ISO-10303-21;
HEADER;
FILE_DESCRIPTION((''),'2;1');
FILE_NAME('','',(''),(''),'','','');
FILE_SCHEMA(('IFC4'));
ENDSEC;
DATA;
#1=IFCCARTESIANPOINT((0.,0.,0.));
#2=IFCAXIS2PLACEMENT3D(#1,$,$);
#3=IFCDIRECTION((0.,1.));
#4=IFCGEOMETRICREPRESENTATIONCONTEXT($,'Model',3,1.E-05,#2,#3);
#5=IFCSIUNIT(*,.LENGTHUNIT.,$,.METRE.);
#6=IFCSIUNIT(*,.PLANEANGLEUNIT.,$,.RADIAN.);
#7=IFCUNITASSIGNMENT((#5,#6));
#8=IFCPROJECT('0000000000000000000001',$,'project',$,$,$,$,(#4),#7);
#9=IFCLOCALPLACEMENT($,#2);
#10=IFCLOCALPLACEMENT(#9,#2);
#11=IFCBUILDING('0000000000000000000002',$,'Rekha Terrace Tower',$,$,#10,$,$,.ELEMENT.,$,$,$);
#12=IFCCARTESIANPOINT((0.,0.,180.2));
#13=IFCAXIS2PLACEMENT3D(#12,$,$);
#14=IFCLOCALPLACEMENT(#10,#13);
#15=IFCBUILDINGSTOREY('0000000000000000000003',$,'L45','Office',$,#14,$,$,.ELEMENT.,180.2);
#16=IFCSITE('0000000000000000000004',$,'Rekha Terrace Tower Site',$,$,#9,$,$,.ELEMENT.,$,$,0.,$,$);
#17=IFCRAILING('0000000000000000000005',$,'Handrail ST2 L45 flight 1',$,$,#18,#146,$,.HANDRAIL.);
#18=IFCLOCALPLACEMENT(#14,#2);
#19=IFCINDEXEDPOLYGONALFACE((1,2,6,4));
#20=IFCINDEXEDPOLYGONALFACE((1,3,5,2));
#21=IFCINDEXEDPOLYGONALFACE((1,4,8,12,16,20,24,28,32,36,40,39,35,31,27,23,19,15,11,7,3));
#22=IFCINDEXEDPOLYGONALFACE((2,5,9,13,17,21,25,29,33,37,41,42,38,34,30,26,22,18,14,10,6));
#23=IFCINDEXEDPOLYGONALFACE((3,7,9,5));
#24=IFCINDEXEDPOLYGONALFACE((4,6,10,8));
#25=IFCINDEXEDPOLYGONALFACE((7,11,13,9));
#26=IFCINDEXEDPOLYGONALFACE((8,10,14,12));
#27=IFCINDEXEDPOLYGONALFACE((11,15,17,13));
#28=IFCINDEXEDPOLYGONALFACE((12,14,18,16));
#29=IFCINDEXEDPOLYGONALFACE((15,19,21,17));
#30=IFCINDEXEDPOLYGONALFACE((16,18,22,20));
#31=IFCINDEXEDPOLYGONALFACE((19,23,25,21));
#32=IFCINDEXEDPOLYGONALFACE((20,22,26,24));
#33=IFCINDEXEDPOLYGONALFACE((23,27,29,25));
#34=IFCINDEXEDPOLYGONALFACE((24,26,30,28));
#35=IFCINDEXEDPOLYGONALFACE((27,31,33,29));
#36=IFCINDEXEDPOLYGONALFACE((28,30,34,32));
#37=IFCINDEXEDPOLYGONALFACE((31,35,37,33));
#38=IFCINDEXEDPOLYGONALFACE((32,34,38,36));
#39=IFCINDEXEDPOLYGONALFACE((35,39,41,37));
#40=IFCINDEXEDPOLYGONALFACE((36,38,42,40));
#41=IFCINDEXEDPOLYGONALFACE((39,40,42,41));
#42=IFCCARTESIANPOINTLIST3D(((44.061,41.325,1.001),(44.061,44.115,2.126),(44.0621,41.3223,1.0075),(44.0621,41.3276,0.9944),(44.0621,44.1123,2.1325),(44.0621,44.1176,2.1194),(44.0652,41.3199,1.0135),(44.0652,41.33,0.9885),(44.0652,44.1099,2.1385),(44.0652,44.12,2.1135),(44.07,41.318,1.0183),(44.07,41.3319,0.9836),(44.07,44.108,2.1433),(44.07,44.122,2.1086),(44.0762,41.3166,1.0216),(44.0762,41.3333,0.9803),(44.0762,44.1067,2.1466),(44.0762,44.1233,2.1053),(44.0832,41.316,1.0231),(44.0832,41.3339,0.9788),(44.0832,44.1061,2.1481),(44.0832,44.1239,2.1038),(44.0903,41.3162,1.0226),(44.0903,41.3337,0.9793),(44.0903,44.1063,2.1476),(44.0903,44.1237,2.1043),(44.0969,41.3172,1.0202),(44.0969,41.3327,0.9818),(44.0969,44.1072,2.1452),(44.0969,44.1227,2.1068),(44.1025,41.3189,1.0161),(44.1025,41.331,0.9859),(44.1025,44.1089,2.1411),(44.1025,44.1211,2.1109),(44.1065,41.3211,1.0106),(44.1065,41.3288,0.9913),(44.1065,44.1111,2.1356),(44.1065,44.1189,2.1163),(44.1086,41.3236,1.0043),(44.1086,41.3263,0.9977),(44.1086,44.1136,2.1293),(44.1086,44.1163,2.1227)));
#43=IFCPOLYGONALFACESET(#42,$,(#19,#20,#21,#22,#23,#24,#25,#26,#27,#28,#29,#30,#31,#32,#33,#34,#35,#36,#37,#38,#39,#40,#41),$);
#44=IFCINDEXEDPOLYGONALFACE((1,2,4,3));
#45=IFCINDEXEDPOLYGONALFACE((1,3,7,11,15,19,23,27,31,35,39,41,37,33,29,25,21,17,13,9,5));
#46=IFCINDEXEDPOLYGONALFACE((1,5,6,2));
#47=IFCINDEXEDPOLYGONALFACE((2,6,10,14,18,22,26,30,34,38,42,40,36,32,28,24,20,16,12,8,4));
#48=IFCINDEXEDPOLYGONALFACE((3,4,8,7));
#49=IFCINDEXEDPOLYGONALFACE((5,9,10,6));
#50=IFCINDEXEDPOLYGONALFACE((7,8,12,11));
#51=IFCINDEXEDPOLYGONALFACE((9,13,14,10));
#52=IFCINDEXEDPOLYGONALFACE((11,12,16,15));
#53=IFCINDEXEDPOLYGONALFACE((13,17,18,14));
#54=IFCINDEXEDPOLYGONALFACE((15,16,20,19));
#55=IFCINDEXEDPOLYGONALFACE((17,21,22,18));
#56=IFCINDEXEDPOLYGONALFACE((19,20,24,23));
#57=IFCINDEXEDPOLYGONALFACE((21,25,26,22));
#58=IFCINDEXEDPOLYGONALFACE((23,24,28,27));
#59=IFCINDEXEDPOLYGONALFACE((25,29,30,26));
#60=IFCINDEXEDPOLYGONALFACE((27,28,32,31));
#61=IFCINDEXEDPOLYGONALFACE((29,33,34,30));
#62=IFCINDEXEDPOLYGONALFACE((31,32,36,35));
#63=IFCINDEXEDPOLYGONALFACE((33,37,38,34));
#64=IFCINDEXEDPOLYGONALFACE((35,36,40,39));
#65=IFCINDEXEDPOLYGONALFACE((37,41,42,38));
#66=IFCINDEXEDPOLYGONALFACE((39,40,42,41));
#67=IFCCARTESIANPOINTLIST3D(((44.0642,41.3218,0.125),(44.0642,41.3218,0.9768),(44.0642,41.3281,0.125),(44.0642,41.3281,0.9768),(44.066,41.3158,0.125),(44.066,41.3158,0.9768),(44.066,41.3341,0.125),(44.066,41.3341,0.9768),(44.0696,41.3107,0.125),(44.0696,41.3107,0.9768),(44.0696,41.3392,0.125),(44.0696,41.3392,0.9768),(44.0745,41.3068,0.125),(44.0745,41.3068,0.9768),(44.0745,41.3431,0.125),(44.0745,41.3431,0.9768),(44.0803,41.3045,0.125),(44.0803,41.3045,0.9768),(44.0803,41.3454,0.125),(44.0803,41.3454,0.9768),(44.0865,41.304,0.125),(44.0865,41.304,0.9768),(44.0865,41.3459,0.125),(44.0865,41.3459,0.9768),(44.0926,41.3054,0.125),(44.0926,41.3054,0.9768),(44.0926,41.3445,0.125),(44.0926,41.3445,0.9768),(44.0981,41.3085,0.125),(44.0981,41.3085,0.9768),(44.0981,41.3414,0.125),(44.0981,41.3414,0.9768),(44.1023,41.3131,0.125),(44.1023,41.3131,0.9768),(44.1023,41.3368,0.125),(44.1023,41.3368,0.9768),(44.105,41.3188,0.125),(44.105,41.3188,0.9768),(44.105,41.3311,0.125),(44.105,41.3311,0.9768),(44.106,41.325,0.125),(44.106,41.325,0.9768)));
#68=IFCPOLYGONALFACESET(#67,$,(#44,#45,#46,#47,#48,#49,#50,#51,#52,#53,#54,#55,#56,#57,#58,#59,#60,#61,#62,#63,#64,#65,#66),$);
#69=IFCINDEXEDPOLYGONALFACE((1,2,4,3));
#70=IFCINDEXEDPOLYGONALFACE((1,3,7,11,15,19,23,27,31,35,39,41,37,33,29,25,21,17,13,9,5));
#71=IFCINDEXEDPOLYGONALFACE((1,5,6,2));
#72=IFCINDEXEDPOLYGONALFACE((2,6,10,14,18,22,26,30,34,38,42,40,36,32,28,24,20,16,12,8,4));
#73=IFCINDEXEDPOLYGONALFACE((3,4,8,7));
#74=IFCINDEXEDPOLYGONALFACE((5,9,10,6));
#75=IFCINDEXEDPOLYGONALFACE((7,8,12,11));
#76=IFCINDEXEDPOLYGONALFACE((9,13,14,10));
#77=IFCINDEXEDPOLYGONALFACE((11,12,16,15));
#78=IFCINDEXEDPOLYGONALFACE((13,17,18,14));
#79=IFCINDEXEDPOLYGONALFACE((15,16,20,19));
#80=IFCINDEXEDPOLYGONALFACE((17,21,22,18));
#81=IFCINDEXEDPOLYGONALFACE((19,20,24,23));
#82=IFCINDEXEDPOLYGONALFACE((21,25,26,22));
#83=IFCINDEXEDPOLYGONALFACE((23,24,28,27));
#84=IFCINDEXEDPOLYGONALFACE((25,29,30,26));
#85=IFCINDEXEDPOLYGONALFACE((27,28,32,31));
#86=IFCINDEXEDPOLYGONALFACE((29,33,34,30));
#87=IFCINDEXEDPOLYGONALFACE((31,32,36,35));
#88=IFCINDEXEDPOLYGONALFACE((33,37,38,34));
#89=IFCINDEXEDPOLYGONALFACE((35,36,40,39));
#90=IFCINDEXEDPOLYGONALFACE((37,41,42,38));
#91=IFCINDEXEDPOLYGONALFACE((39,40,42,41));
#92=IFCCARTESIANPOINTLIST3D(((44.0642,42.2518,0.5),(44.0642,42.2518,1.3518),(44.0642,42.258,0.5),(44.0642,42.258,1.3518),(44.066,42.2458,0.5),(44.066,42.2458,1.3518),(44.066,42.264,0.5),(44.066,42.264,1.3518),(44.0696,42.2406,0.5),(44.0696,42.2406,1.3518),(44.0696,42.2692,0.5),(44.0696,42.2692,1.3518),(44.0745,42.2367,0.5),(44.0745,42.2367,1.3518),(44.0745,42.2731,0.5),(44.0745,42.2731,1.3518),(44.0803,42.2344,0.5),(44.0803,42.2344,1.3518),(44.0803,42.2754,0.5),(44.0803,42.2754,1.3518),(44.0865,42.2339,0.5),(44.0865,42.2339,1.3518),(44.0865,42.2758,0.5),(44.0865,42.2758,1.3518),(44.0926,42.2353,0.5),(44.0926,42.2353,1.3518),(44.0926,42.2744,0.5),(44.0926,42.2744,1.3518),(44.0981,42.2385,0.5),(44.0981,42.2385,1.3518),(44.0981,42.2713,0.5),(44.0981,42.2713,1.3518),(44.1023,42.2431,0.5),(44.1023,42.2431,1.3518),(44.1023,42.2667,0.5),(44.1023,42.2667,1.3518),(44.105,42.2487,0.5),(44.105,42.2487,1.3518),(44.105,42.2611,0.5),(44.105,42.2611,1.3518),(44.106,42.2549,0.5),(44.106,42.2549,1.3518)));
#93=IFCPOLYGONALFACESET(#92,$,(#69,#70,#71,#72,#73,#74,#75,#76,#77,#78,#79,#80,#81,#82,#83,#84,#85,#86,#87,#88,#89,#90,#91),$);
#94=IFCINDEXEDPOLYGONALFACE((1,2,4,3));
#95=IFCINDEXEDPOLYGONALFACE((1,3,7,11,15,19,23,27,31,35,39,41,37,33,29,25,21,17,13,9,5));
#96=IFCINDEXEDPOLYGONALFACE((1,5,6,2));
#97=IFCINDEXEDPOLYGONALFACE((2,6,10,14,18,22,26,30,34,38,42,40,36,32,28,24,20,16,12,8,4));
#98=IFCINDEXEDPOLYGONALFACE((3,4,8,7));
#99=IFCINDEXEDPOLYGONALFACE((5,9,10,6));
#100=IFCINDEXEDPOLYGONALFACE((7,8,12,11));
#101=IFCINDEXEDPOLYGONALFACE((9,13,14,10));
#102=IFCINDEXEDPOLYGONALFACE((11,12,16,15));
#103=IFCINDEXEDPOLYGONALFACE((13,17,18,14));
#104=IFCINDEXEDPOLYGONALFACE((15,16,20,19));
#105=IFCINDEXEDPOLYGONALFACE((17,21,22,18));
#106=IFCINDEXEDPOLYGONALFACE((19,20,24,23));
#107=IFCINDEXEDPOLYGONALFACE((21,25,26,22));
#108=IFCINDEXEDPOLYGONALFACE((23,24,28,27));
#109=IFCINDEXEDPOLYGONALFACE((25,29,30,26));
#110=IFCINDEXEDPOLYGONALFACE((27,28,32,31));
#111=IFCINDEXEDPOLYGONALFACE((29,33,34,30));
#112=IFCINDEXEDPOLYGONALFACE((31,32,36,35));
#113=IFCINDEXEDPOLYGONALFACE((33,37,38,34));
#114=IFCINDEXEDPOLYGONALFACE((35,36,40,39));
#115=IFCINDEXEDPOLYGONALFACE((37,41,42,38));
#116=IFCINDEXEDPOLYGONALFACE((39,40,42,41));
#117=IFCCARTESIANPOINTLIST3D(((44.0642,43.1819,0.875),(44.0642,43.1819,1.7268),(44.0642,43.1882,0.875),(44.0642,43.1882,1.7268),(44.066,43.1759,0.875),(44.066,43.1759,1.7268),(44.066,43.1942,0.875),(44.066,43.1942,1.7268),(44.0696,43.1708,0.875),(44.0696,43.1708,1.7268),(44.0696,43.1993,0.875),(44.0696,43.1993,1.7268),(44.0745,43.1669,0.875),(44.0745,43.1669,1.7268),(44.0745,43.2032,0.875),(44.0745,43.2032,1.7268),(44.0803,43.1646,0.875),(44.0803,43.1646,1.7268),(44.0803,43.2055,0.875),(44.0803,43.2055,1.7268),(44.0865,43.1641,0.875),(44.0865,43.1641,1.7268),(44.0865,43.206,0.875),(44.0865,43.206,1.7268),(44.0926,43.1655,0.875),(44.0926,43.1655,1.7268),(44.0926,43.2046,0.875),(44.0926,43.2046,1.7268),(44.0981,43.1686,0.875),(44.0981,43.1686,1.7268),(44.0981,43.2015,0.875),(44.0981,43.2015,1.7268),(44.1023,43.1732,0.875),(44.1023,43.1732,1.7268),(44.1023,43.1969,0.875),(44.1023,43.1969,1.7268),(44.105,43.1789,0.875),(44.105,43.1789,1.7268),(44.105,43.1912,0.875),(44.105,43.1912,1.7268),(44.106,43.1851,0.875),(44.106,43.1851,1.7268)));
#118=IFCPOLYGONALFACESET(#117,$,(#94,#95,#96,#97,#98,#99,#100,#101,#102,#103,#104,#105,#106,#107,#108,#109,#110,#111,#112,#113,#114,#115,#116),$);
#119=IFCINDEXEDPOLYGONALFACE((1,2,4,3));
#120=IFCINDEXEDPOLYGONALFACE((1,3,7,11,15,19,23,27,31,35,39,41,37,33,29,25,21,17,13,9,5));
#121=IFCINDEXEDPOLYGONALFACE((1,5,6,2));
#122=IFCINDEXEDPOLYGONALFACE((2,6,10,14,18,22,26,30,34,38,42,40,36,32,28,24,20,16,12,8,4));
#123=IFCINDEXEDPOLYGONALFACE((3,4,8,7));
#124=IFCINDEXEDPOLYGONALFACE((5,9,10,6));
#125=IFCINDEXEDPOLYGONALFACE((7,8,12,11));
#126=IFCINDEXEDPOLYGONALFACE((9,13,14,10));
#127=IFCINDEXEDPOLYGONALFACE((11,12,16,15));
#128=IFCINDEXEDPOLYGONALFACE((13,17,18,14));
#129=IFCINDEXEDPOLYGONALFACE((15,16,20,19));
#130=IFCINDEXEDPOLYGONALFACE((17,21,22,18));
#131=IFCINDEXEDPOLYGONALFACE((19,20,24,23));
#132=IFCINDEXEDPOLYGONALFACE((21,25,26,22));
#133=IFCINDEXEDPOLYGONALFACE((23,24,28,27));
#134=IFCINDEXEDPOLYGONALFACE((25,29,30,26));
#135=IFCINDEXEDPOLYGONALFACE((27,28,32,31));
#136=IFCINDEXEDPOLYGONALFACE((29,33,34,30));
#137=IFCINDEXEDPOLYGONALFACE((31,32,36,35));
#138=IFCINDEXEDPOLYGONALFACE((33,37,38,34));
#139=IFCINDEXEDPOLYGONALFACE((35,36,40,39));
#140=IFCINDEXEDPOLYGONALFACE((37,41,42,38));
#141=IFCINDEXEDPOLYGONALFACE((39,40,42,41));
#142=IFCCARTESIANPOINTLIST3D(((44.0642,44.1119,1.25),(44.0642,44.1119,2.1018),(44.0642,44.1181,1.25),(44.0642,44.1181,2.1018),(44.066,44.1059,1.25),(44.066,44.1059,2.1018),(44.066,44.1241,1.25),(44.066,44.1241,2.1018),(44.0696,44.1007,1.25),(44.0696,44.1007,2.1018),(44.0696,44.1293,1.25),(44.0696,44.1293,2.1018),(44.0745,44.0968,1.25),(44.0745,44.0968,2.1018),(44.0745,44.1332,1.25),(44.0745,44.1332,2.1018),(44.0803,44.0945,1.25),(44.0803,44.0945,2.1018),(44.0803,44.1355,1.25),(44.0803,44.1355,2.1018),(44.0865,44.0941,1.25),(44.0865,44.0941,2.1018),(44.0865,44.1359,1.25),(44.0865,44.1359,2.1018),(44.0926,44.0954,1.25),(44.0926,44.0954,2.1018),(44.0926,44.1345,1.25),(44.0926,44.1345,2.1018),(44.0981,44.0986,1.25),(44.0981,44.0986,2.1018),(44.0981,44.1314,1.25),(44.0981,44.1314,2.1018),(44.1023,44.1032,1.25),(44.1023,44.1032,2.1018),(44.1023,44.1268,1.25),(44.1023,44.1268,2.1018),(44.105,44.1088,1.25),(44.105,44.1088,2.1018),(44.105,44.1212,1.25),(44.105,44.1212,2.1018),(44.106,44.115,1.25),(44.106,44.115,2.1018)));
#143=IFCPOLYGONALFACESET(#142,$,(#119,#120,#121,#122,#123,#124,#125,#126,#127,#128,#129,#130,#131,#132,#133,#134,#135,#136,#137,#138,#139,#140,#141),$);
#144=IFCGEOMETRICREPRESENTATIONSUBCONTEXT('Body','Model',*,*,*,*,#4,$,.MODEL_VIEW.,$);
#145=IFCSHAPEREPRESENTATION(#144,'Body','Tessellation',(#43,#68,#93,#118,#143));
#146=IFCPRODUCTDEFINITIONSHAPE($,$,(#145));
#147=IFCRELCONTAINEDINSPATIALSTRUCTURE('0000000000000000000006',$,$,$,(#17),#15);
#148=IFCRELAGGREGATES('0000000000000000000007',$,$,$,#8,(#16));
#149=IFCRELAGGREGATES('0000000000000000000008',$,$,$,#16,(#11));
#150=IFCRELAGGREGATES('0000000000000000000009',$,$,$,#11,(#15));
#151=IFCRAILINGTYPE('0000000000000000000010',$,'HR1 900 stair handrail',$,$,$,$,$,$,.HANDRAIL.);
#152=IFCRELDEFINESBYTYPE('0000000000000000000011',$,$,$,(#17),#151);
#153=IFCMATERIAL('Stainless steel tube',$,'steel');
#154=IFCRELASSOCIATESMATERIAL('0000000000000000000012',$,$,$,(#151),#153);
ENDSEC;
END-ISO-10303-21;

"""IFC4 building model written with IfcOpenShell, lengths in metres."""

from ifc_helpers import new_model, si_unit, direction, frame, origin, origin_2d, place, context, subcontext, project, spatial, circle, extrude, material, type_object, element, save


model = new_model("IFC4")

# Units and contexts
model_context = context("Model", 3, precision=1e-05, world=origin(), true_north=direction((0.0, 1.0)))
body_context = subcontext(model_context, "Body", "Model", "MODEL_VIEW")
ifc_project = project(units=[si_unit("LENGTHUNIT", "METRE"), si_unit("PLANEANGLEUNIT", "RADIAN")], contexts=[model_context])

# Site, building, storey
site_placement = place(None, origin())
site = spatial("IfcSite", under=ifc_project, at=site_placement, Name="Rekha Terrace Tower Site", CompositionType="ELEMENT", RefElevation=0.0)
building_placement = place(site_placement, origin())
building = spatial("IfcBuilding", under=site, at=building_placement, Name="Rekha Terrace Tower", CompositionType="ELEMENT")
storey_placement = place(building_placement, frame((0.0, 0.0, 180.2)))
storey = spatial("IfcBuildingStorey", under=building, at=storey_placement, Name="L45", Description="Office", CompositionType="ELEMENT", Elevation=180.2)

# Railing
ifc_material_1 = material(Name="Stainless steel tube", Category="steel")
railing_type_1 = type_object("IfcRailingType", Name="HR1 900 stair handrail", PredefinedType="HANDRAIL", material=ifc_material_1)
railing_1_placement = place(storey_placement, frame((44.085, 41.325, 0.125)))
element("IfcRailing", 1, at=railing_1_placement, inside=storey, type_object=railing_type_1, Name="Handrail ST2 L45 flight 1", PredefinedType="HANDRAIL", context=body_context, shape_type="SweptSolid", body=[
    extrude(circle(Radius=0.0239, at=origin_2d()), frame((0.0, 0.0, 0.876), z_axis=(0.0, 0.927443, 0.373964), x_axis=(-1.0, 0.0, 0.0)), (0.0, 0.0, 1.0), 3.0083),
    extrude(circle(Radius=0.021, at=origin_2d()), origin(), (0.0, 0.0, 1.0), 0.8518),
    extrude(circle(Radius=0.021, at=origin_2d()), frame((0.0, 0.9299, 0.375)), (0.0, 0.0, 1.0), 0.8518),
    extrude(circle(Radius=0.021, at=origin_2d()), frame((0.0, 1.8601, 0.75)), (0.0, 0.0, 1.0), 0.8518),
    extrude(circle(Radius=0.021, at=origin_2d()), frame((0.0, 2.79, 1.125)), (0.0, 0.0, 1.0), 0.8518),
])

save(model, "model.ifc")
